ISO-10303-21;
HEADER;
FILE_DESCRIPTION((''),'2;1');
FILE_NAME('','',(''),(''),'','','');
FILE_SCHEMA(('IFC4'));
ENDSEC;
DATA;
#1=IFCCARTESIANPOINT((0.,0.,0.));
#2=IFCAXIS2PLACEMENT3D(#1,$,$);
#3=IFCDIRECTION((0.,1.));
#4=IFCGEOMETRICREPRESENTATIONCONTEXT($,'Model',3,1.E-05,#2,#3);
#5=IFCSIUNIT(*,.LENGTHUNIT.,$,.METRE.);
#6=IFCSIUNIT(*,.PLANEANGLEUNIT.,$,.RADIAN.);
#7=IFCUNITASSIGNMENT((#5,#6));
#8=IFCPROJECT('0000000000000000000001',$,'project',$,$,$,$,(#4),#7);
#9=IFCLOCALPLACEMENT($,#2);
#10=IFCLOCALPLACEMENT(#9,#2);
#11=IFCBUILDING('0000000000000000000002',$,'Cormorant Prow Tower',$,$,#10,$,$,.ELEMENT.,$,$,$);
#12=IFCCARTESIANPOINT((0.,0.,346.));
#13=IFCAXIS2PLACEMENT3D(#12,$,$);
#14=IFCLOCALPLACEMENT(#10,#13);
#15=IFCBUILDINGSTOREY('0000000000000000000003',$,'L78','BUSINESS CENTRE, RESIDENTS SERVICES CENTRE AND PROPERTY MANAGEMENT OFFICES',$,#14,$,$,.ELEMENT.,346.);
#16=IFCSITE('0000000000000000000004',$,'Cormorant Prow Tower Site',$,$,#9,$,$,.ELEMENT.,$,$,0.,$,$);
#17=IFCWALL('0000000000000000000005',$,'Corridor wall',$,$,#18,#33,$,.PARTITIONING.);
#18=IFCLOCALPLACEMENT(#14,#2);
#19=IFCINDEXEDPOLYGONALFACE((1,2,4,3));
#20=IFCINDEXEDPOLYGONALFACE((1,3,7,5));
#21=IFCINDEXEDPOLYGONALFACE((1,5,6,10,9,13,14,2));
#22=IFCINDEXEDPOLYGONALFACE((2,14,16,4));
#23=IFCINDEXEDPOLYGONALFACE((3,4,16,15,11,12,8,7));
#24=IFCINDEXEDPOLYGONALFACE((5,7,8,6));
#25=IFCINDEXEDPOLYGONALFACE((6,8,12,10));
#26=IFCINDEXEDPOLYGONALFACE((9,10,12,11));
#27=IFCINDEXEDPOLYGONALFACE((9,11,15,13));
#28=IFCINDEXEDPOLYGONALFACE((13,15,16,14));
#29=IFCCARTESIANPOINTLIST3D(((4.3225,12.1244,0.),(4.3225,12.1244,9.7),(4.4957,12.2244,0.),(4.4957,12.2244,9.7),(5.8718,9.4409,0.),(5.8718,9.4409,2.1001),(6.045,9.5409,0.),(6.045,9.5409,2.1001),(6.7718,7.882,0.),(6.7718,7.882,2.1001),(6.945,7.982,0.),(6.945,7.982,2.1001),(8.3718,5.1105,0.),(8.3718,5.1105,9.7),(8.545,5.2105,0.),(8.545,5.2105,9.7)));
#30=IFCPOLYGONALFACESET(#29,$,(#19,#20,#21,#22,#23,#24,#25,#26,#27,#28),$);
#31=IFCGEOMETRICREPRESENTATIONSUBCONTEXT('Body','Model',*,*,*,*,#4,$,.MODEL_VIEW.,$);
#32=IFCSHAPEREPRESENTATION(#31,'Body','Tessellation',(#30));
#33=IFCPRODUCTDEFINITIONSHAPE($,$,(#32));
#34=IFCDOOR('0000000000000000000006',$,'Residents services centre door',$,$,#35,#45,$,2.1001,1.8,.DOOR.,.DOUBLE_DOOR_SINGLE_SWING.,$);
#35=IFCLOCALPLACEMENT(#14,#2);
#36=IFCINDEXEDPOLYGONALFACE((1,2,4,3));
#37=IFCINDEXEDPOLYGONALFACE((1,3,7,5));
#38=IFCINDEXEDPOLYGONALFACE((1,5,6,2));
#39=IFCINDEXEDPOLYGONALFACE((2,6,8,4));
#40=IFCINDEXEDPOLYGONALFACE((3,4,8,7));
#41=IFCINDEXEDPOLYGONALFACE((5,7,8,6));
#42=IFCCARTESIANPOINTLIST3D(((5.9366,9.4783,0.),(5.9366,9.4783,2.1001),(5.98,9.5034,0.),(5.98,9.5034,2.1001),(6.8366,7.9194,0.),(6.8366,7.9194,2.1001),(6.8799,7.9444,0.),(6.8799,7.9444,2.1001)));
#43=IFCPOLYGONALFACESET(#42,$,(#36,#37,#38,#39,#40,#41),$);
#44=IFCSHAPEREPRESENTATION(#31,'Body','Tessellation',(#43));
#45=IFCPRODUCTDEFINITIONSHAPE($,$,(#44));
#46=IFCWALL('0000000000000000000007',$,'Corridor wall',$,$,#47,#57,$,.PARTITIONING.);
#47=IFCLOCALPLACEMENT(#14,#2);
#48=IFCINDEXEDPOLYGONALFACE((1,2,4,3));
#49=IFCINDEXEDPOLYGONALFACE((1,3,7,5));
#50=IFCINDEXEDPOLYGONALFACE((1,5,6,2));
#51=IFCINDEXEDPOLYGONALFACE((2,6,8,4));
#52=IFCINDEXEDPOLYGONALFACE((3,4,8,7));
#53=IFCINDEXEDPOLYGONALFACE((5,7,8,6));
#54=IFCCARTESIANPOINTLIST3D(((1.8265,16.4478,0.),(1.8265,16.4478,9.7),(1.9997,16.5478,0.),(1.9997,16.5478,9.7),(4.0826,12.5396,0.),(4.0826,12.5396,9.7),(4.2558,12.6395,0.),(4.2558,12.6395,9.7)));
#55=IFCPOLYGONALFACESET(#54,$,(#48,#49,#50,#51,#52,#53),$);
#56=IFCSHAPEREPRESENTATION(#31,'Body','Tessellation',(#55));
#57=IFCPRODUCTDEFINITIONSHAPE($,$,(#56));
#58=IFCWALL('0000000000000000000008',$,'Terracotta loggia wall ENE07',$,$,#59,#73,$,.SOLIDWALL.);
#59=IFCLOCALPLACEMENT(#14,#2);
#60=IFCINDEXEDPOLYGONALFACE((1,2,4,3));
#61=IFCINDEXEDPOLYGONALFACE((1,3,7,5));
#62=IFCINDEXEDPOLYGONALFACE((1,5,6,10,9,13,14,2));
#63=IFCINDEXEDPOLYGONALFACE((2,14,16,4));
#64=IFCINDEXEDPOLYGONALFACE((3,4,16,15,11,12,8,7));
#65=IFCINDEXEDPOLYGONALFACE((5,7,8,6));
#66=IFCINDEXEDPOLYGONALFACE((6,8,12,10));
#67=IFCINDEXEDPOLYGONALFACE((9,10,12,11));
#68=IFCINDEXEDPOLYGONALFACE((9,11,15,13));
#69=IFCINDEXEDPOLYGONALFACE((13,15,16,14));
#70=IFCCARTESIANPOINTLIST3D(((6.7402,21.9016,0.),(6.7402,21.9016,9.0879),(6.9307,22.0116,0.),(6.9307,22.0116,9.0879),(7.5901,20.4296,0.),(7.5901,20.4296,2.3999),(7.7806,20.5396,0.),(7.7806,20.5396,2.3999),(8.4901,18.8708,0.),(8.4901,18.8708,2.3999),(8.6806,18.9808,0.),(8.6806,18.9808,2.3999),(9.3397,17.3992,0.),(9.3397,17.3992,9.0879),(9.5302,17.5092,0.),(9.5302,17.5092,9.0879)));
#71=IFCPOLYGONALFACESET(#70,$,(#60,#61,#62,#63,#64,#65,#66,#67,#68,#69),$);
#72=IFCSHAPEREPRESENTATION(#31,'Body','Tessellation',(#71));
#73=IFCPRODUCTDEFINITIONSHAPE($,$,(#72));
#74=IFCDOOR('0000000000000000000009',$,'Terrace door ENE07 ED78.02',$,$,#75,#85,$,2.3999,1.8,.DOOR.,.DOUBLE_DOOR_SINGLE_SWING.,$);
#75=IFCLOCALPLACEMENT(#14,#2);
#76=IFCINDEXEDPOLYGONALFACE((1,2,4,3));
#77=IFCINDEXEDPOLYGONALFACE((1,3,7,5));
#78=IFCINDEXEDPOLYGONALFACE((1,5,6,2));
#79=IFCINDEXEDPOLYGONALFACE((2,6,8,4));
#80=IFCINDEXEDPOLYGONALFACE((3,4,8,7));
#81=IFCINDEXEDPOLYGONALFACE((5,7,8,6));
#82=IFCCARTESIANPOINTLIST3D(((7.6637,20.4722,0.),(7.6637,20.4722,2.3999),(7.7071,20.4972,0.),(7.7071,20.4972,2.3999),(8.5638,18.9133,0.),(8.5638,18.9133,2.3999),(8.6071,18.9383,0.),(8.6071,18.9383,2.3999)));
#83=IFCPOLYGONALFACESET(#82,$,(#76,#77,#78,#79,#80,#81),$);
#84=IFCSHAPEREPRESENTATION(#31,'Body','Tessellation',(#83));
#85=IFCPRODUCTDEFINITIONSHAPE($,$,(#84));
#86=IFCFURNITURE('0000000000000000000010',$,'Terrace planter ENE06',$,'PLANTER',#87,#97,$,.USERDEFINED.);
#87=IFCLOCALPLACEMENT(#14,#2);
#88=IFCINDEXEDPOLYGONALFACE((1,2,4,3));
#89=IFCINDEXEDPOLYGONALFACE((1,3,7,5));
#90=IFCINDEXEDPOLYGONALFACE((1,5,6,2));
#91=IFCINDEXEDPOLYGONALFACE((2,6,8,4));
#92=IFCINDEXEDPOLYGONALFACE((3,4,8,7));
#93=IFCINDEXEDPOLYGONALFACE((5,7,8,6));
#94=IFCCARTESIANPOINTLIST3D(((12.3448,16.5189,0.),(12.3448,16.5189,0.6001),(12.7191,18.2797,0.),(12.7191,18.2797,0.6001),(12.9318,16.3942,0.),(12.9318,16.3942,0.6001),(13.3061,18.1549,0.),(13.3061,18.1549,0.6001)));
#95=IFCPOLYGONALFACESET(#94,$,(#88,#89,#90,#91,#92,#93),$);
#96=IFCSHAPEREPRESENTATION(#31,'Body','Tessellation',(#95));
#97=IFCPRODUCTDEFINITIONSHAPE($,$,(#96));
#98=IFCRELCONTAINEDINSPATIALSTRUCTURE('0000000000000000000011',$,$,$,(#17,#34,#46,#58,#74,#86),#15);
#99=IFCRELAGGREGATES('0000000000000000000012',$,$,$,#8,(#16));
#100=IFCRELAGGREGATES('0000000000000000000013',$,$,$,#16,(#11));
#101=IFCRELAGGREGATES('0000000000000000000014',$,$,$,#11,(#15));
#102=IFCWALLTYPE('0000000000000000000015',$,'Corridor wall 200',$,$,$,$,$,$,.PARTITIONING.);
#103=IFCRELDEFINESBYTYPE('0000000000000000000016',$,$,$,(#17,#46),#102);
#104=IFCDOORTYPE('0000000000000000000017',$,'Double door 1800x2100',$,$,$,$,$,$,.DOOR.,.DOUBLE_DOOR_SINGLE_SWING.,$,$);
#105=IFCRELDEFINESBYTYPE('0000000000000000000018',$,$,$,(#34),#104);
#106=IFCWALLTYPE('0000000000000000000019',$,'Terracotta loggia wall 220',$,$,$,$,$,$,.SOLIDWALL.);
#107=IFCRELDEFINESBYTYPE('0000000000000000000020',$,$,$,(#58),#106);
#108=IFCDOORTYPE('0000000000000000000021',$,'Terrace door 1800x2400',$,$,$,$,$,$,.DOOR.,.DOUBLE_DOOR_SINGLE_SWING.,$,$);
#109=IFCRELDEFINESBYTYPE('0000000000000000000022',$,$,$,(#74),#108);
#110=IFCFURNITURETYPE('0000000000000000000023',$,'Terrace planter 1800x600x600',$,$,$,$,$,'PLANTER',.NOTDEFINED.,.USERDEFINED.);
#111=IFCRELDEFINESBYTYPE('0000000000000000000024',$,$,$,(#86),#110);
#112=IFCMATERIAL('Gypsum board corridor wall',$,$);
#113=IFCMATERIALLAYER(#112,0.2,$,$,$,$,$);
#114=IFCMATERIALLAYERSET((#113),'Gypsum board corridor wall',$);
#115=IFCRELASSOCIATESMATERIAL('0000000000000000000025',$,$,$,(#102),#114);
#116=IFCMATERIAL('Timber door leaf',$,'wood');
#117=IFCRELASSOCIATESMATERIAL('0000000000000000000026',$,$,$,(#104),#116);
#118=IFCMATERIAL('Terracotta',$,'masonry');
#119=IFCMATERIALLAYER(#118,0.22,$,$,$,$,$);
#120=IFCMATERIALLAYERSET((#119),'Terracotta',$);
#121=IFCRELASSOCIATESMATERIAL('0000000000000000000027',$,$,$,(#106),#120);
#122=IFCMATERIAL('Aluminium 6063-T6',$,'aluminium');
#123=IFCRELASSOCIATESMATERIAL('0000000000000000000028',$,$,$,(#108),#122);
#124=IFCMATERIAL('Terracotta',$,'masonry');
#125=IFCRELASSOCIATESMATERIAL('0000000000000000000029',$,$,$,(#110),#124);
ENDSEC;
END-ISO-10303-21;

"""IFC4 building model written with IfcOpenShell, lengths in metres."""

from ifc_helpers import new_model, si_unit, direction, frame, frame_2d, origin, origin_2d, place, context, subcontext, project, spatial, rectangle, extrude, material, layer, layer_set, type_object, element, fill, save


model = new_model("IFC4")

# Units and contexts
model_context = context("Model", 3, precision=1e-05, world=origin(), true_north=direction((0.0, 1.0)))
body_context = subcontext(model_context, "Body", "Model", "MODEL_VIEW")
ifc_project = project(units=[si_unit("LENGTHUNIT", "METRE"), si_unit("PLANEANGLEUNIT", "RADIAN")], contexts=[model_context])

# Site, building, storey
site_placement = place(None, origin())
site = spatial("IfcSite", under=ifc_project, at=site_placement, Name="Cormorant Prow Tower Site", CompositionType="ELEMENT", RefElevation=0.0)
building_placement = place(site_placement, origin())
building = spatial("IfcBuilding", under=site, at=building_placement, Name="Cormorant Prow Tower", CompositionType="ELEMENT")
storey_placement = place(building_placement, frame((0.0, 0.0, 346.0)))
storey = spatial("IfcBuildingStorey", under=building, at=storey_placement, Name="L78", Description="BUSINESS CENTRE, RESIDENTS SERVICES CENTRE AND PROPERTY MANAGEMENT OFFICES", CompositionType="ELEMENT", Elevation=346.0)

# Wall, opening, door
ifc_material_1 = material(Name="Gypsum board corridor wall")
ifc_layer_1 = layer(ifc_material_1, 0.2)
ifc_layer_set_1 = layer_set([ifc_layer_1], Name="Gypsum board corridor wall")
wall_type_1 = type_object("IfcWallType", Name="Corridor wall 200", PredefinedType="PARTITIONING", material=ifc_layer_set_1)
wall_1_placement = place(storey_placement, frame((4.4092, 12.1743, 0.0), z_axis=(0.0, 0.0, 1.0), x_axis=(0.499984, -0.866034, 0.0)))
wall_1 = element("IfcWall", 1, at=wall_1_placement, inside=storey, type_object=wall_type_1, Name="Corridor wall", PredefinedType="PARTITIONING", context=body_context, shape_type="SweptSolid", body=[
    extrude(rectangle(XDim=8.0989, YDim=0.2, at=frame_2d((4.0493, 0.0))), origin(), (0.0, 0.0, 1.0), 9.7),
])
opening_1_placement = place(wall_1_placement, frame((3.0986, 0.0, 0.0)))
opening_1 = element("IfcOpeningElement", 2, at=opening_1_placement, cuts=wall_1, PredefinedType="OPENING", context=body_context, shape_type="SweptSolid", body=[
    extrude(rectangle(XDim=1.8, YDim=2.1001, at=frame_2d((0.8999, 1.05))), frame((0.0, 0.1099, 0.0), z_axis=(0.0, -1.0, 0.0), x_axis=(1.0, 0.0, 0.0)), (0.0, 0.0, 1.0), 0.22),
])
ifc_material_2 = material(Name="Timber door leaf", Category="wood")
door_type_1 = type_object("IfcDoorType", Name="Double door 1800x2100", OperationType="DOUBLE_DOOR_SINGLE_SWING", PredefinedType="DOOR", material=ifc_material_2)
door_1_placement = place(opening_1_placement, origin())
door_1 = element("IfcDoor", 3, at=door_1_placement, inside=storey, type_object=door_type_1, Name="Residents services centre door", OperationType="DOUBLE_DOOR_SINGLE_SWING", OverallHeight=2.1001, OverallWidth=1.8, PredefinedType="DOOR", context=body_context, shape_type="SweptSolid", body=[
    extrude(rectangle(XDim=1.8, YDim=2.1001, at=frame_2d((0.8999, 1.05))), frame((0.0, 0.0249, 0.0), z_axis=(0.0, -1.0, 0.0), x_axis=(1.0, 0.0, 0.0)), (0.0, 0.0, 1.0), 0.05),
])
fill(opening_1, door_1)

# Wall
wall_2_placement = place(storey_placement, frame((1.9131, 16.4978, 0.0), z_axis=(0.0, 0.0, 1.0), x_axis=(0.49995, -0.866054, 0.0)))
element("IfcWall", 4, at=wall_2_placement, inside=storey, type_object=wall_type_1, Name="Corridor wall", PredefinedType="PARTITIONING", context=body_context, shape_type="SweptSolid", body=[
    extrude(rectangle(XDim=4.5127, YDim=0.2, at=frame_2d((2.2563, 0.0))), origin(), (0.0, 0.0, 1.0), 9.7),
])

# Wall, opening, door
ifc_material_3 = material(Name="Terracotta", Category="masonry")
ifc_layer_2 = layer(ifc_material_3, 0.22)
ifc_layer_set_2 = layer_set([ifc_layer_2], Name="Terracotta")
wall_type_2 = type_object("IfcWallType", Name="Terracotta loggia wall 220", PredefinedType="SOLIDWALL", material=ifc_layer_set_2)
wall_3_placement = place(storey_placement, frame((9.4351, 17.4541, 0.0), z_axis=(0.0, 0.0, 1.0), x_axis=(-0.500018, 0.866015, 0.0)))
wall_3 = element("IfcWall", 5, at=wall_3_placement, inside=storey, type_object=wall_type_2, Name="Terracotta loggia wall ENE07", PredefinedType="SOLIDWALL", context=body_context, shape_type="SweptSolid", body=[
    extrude(rectangle(XDim=5.199, YDim=0.22, at=frame_2d((2.5996, 0.0))), origin(), (0.0, 0.0, 1.0), 9.0879),
])
opening_2_placement = place(wall_3_placement, frame((1.6995, 0.0, 0.0)))
opening_2 = element("IfcOpeningElement", 6, at=opening_2_placement, cuts=wall_3, PredefinedType="OPENING", context=body_context, shape_type="SweptSolid", body=[
    extrude(rectangle(XDim=1.8, YDim=2.3999, at=frame_2d((0.8999, 1.2))), frame((0.0, 0.1199, 0.0), z_axis=(0.0, -1.0, 0.0), x_axis=(1.0, 0.0, 0.0)), (0.0, 0.0, 1.0), 0.24),
])
ifc_material_4 = material(Name="Aluminium 6063-T6", Category="aluminium")
door_type_2 = type_object("IfcDoorType", Name="Terrace door 1800x2400", OperationType="DOUBLE_DOOR_SINGLE_SWING", PredefinedType="DOOR", material=ifc_material_4)
door_2_placement = place(opening_2_placement, origin())
door_2 = element("IfcDoor", 7, at=door_2_placement, inside=storey, type_object=door_type_2, Name="Terrace door ENE07 ED78.02", OperationType="DOUBLE_DOOR_SINGLE_SWING", OverallHeight=2.3999, OverallWidth=1.8, PredefinedType="DOOR", context=body_context, shape_type="SweptSolid", body=[
    extrude(rectangle(XDim=1.8, YDim=2.3999, at=frame_2d((0.8999, 1.2))), frame((0.0, 0.0249, 0.0), z_axis=(0.0, -1.0, 0.0), x_axis=(1.0, 0.0, 0.0)), (0.0, 0.0, 1.0), 0.05),
])
fill(opening_2, door_2)

# Furniture
ifc_material_5 = material(Name="Terracotta", Category="masonry")
furniture_type = type_object("IfcFurnitureType", Name="Terrace planter 1800x600x600", ElementType="PLANTER", AssemblyPlace="NOTDEFINED", PredefinedType="USERDEFINED", material=ifc_material_5)
furniture_placement = place(storey_placement, frame((12.8254, 17.3369, 0.0), z_axis=(0.0, 0.0, 1.0), x_axis=(0.207912, 0.978148, 0.0)))
element("IfcFurniture", 8, at=furniture_placement, inside=storey, type_object=furniture_type, Name="Terrace planter ENE06", ObjectType="PLANTER", PredefinedType="USERDEFINED", context=body_context, shape_type="SweptSolid", body=[
    extrude(rectangle(XDim=1.8, YDim=0.6001, at=origin_2d()), origin(), (0.0, 0.0, 1.0), 0.6001),
])

save(model, "model.ifc")
